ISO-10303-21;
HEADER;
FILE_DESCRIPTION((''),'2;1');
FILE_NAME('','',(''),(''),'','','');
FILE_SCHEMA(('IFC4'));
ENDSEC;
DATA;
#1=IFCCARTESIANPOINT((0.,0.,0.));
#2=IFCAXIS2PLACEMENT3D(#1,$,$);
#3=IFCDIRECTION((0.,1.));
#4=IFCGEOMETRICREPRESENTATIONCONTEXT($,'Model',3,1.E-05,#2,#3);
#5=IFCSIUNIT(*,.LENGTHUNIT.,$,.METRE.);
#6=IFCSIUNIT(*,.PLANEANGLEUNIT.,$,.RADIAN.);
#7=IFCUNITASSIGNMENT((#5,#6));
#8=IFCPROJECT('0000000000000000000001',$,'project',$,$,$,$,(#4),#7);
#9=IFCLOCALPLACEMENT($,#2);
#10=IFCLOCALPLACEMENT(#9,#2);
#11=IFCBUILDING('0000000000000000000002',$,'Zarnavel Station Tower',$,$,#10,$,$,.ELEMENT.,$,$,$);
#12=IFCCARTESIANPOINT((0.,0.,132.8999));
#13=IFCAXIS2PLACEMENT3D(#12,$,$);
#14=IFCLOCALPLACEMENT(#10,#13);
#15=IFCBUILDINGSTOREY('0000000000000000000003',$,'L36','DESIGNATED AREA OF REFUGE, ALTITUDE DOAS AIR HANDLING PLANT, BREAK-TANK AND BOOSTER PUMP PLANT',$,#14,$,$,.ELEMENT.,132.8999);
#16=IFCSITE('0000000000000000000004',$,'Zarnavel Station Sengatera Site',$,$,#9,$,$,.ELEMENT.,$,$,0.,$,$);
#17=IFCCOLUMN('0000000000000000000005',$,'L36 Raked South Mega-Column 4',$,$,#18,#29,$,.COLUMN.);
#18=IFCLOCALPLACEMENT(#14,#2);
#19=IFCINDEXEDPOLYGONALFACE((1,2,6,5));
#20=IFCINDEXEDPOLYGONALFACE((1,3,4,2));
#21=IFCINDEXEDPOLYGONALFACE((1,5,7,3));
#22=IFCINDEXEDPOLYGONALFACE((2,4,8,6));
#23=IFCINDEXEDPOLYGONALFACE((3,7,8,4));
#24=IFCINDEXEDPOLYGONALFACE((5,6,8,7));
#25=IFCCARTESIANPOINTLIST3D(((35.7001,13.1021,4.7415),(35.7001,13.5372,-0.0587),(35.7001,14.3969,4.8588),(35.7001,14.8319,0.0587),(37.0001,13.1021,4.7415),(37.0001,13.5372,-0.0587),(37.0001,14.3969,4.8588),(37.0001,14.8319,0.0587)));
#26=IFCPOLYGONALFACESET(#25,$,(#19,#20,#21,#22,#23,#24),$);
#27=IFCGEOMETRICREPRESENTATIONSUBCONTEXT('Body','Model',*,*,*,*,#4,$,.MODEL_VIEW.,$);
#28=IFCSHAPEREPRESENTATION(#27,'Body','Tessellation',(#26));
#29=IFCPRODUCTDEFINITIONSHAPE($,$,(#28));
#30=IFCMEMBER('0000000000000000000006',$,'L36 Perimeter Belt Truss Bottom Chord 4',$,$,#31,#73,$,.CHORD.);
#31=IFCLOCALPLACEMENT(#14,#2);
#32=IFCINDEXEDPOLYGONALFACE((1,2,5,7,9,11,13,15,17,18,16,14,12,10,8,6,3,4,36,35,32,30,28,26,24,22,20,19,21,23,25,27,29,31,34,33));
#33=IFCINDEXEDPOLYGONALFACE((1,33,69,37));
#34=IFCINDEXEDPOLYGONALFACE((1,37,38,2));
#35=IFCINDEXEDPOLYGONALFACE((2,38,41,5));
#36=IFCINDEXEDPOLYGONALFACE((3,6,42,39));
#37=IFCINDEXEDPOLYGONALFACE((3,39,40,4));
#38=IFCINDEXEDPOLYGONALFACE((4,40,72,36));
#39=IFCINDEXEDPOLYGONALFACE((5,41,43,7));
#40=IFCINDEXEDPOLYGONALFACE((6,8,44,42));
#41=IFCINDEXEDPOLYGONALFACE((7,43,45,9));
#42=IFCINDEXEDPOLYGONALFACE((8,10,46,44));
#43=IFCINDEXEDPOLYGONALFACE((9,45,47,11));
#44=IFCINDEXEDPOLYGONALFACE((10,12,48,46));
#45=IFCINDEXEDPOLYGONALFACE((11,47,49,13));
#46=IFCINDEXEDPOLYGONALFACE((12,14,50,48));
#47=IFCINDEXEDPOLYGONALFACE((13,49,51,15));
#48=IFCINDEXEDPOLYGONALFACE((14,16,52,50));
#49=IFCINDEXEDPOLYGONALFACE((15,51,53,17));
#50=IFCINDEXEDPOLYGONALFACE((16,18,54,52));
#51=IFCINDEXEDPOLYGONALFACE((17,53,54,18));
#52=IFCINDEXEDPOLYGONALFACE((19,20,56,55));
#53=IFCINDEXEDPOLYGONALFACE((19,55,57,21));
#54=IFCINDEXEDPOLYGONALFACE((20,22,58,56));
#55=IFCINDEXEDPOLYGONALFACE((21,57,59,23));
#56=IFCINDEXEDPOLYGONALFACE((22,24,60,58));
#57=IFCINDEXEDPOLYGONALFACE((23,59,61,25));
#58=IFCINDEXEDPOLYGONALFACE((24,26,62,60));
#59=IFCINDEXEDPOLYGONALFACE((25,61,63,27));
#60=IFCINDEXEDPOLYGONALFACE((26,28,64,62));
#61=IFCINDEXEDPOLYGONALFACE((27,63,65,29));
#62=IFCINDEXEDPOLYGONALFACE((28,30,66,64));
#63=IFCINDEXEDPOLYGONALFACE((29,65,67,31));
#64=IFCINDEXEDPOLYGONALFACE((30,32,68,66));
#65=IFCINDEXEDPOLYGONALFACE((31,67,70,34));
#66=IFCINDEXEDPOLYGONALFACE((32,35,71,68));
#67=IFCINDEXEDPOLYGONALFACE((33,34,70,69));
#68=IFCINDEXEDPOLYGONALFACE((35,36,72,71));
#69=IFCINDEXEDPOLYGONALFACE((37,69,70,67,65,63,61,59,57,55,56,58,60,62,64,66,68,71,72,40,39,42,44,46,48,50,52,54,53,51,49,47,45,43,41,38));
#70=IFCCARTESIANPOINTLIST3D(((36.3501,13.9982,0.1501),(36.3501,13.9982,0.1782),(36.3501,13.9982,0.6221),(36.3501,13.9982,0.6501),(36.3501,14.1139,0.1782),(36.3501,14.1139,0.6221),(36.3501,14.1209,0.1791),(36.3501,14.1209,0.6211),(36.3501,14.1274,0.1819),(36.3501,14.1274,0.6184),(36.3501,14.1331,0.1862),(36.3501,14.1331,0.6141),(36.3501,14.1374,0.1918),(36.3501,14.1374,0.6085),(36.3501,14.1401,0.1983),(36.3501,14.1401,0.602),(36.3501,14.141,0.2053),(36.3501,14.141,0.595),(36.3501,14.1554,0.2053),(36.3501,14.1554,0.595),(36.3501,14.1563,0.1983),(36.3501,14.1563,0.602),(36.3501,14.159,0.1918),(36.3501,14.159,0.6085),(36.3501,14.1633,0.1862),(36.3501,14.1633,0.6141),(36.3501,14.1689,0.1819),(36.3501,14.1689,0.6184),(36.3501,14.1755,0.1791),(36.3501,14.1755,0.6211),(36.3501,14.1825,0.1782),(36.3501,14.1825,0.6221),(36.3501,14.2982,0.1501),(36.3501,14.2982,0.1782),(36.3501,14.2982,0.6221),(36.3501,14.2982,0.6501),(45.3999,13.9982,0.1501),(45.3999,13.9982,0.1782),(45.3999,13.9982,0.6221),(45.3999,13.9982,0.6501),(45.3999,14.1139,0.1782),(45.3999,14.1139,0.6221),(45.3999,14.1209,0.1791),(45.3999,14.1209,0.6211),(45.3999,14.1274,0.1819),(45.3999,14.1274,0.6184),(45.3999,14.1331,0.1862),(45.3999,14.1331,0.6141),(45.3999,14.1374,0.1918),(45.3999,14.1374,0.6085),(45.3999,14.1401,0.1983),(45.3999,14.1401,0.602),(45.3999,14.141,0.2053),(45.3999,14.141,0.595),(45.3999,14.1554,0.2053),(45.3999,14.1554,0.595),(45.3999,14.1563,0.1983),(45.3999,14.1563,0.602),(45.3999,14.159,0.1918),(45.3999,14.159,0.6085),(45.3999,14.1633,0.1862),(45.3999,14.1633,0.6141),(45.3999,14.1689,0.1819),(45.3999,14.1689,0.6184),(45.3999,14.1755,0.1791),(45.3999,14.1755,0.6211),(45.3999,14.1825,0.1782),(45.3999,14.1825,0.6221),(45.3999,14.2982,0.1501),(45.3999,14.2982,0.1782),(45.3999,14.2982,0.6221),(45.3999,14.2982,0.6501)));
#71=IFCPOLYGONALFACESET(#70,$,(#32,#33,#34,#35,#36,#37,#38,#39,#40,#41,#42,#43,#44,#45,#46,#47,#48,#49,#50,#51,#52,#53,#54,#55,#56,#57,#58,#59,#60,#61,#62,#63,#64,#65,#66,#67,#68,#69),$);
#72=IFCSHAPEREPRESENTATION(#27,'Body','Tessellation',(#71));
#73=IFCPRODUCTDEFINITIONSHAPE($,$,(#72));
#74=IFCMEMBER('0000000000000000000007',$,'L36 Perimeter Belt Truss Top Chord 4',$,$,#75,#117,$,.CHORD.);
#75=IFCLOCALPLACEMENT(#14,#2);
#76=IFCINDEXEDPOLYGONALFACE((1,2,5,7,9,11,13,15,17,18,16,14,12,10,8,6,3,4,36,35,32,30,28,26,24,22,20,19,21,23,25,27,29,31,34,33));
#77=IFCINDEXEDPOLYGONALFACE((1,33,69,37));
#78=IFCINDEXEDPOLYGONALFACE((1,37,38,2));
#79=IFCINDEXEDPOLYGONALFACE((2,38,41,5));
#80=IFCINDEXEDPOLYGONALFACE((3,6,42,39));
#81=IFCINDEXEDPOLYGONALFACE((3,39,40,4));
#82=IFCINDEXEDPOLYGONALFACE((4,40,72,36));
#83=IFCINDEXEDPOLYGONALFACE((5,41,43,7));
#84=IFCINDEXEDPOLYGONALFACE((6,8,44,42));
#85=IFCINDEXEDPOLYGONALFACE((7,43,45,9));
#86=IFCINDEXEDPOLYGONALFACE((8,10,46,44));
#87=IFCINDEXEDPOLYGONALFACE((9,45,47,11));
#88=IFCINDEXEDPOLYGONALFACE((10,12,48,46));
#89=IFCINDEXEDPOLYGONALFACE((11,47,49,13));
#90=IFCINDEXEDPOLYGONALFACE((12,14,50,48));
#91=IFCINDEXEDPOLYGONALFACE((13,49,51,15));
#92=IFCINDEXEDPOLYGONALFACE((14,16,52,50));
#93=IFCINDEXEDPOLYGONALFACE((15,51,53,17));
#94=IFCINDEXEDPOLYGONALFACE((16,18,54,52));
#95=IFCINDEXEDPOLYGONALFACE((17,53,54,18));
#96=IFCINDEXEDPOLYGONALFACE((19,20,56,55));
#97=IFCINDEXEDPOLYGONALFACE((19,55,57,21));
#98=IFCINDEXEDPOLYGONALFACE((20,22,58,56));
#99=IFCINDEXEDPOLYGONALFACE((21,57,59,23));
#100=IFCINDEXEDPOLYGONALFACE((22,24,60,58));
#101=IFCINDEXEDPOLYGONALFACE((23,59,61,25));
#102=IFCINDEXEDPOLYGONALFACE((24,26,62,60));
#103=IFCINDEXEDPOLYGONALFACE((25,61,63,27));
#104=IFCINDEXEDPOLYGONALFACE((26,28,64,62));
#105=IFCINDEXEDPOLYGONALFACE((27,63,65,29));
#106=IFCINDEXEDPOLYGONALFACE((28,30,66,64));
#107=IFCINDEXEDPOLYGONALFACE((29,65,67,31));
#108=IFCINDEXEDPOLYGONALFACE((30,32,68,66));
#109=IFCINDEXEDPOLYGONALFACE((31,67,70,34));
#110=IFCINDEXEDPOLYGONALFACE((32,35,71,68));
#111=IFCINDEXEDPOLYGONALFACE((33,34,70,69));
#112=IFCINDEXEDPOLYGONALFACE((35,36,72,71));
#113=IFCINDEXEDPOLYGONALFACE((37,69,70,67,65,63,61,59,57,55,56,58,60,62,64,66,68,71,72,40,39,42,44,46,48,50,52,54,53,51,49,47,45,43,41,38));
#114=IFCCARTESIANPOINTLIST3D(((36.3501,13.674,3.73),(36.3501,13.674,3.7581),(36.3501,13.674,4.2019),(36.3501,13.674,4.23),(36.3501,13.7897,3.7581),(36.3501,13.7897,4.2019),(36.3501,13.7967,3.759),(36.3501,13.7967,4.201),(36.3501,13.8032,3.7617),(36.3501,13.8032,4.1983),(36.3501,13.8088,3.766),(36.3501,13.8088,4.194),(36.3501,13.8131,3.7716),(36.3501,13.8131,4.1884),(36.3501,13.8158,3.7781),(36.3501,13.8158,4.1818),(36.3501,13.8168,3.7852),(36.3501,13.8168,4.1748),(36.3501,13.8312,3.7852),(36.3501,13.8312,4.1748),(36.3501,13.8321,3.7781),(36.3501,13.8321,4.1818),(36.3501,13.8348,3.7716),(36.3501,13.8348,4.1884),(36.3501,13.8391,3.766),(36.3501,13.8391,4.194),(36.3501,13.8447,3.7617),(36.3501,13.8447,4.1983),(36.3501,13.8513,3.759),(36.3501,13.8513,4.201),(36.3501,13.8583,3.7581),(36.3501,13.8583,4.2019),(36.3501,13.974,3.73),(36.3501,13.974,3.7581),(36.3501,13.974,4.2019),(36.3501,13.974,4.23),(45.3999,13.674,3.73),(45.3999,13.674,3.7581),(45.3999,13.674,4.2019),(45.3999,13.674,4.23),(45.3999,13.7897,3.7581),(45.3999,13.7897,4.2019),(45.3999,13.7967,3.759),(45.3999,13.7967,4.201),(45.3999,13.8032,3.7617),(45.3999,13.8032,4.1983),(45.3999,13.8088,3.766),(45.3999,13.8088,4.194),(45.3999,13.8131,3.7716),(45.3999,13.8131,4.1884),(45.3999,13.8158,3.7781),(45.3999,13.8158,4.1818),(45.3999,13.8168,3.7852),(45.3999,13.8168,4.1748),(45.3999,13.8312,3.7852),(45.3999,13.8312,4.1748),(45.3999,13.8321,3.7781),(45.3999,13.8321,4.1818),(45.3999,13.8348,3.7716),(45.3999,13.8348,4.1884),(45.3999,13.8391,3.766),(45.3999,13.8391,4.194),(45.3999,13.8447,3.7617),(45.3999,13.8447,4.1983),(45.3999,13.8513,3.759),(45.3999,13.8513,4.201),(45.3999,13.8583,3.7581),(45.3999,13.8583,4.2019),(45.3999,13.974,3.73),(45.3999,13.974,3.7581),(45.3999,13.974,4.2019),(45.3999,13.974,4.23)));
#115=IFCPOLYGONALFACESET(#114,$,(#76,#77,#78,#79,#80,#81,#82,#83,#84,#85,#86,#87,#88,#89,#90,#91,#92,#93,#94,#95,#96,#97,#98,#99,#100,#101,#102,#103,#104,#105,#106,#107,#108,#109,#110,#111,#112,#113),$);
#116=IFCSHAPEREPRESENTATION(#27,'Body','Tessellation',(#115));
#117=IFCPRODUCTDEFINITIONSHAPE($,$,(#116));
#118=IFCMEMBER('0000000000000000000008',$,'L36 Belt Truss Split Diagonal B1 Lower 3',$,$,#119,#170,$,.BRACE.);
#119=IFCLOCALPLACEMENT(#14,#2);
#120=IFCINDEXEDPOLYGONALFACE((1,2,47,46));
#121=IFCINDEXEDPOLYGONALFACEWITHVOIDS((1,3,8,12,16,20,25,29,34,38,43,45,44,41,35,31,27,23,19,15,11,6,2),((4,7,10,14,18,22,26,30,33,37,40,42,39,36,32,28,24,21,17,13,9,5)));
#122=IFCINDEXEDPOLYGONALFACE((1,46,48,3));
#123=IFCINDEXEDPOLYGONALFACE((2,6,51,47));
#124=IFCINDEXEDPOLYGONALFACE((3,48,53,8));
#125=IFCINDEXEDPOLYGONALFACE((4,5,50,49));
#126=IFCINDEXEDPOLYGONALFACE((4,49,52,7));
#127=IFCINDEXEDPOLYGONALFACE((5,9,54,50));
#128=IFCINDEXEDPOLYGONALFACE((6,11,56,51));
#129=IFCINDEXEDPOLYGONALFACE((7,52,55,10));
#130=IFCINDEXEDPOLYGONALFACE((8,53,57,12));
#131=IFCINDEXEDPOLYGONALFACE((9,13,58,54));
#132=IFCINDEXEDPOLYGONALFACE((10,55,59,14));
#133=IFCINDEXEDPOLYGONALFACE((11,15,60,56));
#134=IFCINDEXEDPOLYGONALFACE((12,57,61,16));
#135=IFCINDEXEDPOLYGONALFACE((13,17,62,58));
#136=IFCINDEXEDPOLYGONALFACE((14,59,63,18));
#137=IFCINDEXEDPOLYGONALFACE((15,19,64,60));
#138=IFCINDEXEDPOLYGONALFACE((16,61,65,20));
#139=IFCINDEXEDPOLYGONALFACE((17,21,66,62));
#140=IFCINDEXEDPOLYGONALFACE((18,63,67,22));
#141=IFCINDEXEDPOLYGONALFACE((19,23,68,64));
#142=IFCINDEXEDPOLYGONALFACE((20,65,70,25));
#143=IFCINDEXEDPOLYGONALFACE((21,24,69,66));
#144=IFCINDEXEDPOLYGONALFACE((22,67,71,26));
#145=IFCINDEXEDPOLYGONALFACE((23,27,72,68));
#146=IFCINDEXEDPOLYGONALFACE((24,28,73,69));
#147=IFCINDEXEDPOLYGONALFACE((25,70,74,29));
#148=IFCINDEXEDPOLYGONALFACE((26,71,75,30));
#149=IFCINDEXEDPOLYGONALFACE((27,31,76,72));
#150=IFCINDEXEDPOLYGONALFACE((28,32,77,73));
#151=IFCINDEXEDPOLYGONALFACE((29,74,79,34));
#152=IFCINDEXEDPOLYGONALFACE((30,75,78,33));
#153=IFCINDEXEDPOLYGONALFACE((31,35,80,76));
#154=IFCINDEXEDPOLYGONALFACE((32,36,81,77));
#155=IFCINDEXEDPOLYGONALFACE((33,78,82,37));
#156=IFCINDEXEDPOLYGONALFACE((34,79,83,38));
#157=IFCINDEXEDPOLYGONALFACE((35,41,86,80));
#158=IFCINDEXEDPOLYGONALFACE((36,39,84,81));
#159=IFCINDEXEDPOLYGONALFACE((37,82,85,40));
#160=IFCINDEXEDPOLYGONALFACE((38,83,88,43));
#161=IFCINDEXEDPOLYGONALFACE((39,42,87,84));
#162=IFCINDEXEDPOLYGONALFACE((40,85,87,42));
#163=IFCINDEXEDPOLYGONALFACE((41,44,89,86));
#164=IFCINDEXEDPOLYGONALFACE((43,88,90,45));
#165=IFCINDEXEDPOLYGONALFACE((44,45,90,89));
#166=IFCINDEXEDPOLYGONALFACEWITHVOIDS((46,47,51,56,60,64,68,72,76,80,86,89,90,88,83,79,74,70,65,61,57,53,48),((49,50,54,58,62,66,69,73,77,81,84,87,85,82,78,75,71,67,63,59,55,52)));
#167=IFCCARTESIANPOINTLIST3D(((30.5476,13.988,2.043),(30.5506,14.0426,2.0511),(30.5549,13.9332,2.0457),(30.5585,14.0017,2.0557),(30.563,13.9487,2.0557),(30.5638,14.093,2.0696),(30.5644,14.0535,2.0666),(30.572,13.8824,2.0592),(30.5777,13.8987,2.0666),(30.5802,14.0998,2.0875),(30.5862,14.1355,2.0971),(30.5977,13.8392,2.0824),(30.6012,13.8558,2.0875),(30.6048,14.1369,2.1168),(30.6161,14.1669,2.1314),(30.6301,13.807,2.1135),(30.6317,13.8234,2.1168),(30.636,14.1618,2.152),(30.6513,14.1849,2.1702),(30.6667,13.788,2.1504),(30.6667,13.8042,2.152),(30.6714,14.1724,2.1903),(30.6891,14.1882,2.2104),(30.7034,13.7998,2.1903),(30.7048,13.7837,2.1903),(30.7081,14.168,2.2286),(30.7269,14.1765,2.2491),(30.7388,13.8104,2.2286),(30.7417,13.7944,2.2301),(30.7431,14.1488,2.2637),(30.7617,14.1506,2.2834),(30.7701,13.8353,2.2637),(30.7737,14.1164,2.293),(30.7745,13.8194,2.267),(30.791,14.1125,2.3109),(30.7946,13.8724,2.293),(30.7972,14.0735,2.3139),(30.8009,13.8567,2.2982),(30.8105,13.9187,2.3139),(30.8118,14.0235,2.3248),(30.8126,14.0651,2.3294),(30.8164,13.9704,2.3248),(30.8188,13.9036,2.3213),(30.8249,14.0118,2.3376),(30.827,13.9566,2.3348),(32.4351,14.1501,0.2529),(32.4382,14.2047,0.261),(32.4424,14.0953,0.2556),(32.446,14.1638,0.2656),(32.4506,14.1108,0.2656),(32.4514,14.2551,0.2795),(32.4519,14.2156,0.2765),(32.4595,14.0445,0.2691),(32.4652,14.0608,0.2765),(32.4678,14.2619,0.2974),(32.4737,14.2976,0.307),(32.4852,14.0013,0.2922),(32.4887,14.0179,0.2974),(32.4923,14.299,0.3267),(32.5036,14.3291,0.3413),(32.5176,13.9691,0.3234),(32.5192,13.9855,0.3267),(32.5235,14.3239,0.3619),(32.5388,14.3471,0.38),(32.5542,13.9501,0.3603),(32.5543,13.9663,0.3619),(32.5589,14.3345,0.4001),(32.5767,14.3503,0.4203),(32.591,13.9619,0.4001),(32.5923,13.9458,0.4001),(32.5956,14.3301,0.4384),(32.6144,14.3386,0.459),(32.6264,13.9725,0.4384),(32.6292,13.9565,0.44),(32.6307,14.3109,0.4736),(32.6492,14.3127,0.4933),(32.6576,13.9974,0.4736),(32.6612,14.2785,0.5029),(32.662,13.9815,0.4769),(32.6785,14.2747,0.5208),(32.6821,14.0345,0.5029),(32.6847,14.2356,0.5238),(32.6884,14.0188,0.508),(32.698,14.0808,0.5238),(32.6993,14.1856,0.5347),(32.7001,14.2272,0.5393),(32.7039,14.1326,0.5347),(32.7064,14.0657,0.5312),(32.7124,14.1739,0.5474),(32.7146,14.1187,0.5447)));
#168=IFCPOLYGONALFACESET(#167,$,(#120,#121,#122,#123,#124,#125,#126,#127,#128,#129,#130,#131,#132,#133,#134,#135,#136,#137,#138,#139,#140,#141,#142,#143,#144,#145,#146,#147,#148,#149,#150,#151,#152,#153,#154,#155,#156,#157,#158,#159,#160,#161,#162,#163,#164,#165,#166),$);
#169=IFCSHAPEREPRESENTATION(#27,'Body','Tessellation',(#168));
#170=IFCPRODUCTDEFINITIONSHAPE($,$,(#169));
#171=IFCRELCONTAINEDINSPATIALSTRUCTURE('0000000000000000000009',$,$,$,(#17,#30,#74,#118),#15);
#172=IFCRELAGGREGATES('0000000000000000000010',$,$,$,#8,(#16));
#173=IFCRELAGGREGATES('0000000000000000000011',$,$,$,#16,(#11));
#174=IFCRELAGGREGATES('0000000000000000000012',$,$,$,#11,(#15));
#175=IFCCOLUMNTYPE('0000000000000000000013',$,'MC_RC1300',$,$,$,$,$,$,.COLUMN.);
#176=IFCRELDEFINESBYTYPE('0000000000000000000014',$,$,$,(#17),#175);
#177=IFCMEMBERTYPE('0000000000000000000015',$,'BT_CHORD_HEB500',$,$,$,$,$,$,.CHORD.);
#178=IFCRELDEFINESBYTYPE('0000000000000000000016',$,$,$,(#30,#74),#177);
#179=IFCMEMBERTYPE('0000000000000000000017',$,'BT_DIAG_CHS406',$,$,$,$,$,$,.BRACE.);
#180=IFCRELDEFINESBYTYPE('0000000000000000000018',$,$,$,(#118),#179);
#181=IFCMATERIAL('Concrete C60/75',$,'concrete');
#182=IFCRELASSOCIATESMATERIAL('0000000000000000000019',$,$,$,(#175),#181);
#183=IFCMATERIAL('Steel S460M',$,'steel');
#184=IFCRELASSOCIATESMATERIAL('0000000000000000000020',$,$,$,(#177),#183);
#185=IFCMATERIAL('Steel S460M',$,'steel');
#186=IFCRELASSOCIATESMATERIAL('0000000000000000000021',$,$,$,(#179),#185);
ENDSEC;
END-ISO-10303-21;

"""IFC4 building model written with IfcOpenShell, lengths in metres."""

from ifc_helpers import new_model, si_unit, direction, frame, origin, origin_2d, place, context, subcontext, project, spatial, rectangle, hollow_circle, i_section, extrude, material, material_profile, profile_set, type_object, element, save


model = new_model("IFC4")

# Units and contexts
model_context = context("Model", 3, precision=1e-05, world=origin(), true_north=direction((0.0, 1.0)))
body_context = subcontext(model_context, "Body", "Model", "MODEL_VIEW")
ifc_project = project(units=[si_unit("LENGTHUNIT", "METRE"), si_unit("PLANEANGLEUNIT", "RADIAN")], contexts=[model_context])

# Site, building, storey
site_placement = place(None, origin())
site = spatial("IfcSite", under=ifc_project, at=site_placement, Name="Zarnavel Station Sengatera Site", CompositionType="ELEMENT", RefElevation=0.0)
building_placement = place(site_placement, origin())
building = spatial("IfcBuilding", under=site, at=building_placement, Name="Zarnavel Station Tower", CompositionType="ELEMENT")
storey_placement = place(building_placement, frame((0.0, 0.0, 132.8999)))
storey = spatial("IfcBuildingStorey", under=building, at=storey_placement, Name="L36", Description="DESIGNATED AREA OF REFUGE, ALTITUDE DOAS AIR HANDLING PLANT, BREAK-TANK AND BOOSTER PUMP PLANT", CompositionType="ELEMENT", Elevation=132.8999)

# Column
ifc_material_1 = material(Name="Concrete C60/75", Category="concrete")
ifc_material_profile_1 = material_profile(ifc_material_1, rectangle(XDim=1.3, YDim=1.3, at=origin_2d()), Name="RC1300x1300")
ifc_profile_set_1 = profile_set([ifc_material_profile_1], Name="Concrete C60/75")
column_type = type_object("IfcColumnType", Name="MC_RC1300", PredefinedType="COLUMN", material=ifc_profile_set_1)
column_placement = place(storey_placement, frame((36.3501, 14.1846, 0.0), z_axis=(0.0, -0.090266, 0.995918), x_axis=(1.0, 0.0, 0.0)))
element("IfcColumn", 1, at=column_placement, inside=storey, type_object=column_type, Name="L36 Raked South Mega-Column 4", PredefinedType="COLUMN", context=body_context, shape_type="SweptSolid", body=[
    extrude(rectangle(XDim=1.3, YDim=1.3, at=origin_2d()), origin(), (0.0, 0.0, 1.0), 4.8198),
])

# Members
ifc_material_2 = material(Name="Steel S460M", Category="steel")
ifc_material_profile_2 = material_profile(ifc_material_2, i_section(OverallWidth=0.3, OverallDepth=0.5, WebThickness=0.0144, FlangeThickness=0.0281, FilletRadius=0.0271, at=origin_2d()), Name="HEB500")
ifc_profile_set_2 = profile_set([ifc_material_profile_2], Name="Steel S460M")
member_type_1 = type_object("IfcMemberType", Name="BT_CHORD_HEB500", PredefinedType="CHORD", material=ifc_profile_set_2)
for number, where, z_axis, x_axis, name in (
    (2, (36.3501, 14.1482, 0.4001), (1.0, 0.0, 0.0), (0.0, 1.0, 0.0), "L36 Perimeter Belt Truss Bottom Chord 4"),
    (3, (36.3501, 13.824, 3.98), (1.0, 0.0, 0.0), (0.0, 1.0, 0.0), "L36 Perimeter Belt Truss Top Chord 4"),
):
    element("IfcMember", number, at=place(storey_placement, frame(where, z_axis=z_axis, x_axis=x_axis)), inside=storey, type_object=member_type_1, Name=name, PredefinedType="CHORD", context=body_context, shape_type="SweptSolid", body=[
        extrude(i_section(OverallWidth=0.3, OverallDepth=0.5, WebThickness=0.0144, FlangeThickness=0.0281, FilletRadius=0.0271, at=origin_2d()), origin(), (0.0, 0.0, 1.0), 9.0498),
    ])
ifc_material_3 = material(Name="Steel S460M", Category="steel")
ifc_material_profile_3 = material_profile(ifc_material_3, hollow_circle(Radius=0.2031, WallThickness=0.0161, at=origin_2d()), Name="CHS406.4x16")
ifc_profile_set_3 = profile_set([ifc_material_profile_3], Name="Steel S460M")
member_type_2 = type_object("IfcMemberType", Name="BT_DIAG_CHS406", PredefinedType="BRACE", material=ifc_profile_set_3)
member_1_placement = place(storey_placement, frame((32.575, 14.1482, 0.4001), z_axis=(-0.724178, -0.062198, 0.686803), x_axis=(0.085573, -0.996332, 0.0)))
element("IfcMember", 4, at=member_1_placement, inside=storey, type_object=member_type_2, Name="L36 Belt Truss Split Diagonal B1 Lower 3", PredefinedType="BRACE", context=body_context, shape_type="SweptSolid", body=[
    extrude(hollow_circle(Radius=0.2031, WallThickness=0.0161, at=origin_2d()), origin(), (0.0, 0.0, 1.0), 2.6064),
])

save(model, "model.ifc")
